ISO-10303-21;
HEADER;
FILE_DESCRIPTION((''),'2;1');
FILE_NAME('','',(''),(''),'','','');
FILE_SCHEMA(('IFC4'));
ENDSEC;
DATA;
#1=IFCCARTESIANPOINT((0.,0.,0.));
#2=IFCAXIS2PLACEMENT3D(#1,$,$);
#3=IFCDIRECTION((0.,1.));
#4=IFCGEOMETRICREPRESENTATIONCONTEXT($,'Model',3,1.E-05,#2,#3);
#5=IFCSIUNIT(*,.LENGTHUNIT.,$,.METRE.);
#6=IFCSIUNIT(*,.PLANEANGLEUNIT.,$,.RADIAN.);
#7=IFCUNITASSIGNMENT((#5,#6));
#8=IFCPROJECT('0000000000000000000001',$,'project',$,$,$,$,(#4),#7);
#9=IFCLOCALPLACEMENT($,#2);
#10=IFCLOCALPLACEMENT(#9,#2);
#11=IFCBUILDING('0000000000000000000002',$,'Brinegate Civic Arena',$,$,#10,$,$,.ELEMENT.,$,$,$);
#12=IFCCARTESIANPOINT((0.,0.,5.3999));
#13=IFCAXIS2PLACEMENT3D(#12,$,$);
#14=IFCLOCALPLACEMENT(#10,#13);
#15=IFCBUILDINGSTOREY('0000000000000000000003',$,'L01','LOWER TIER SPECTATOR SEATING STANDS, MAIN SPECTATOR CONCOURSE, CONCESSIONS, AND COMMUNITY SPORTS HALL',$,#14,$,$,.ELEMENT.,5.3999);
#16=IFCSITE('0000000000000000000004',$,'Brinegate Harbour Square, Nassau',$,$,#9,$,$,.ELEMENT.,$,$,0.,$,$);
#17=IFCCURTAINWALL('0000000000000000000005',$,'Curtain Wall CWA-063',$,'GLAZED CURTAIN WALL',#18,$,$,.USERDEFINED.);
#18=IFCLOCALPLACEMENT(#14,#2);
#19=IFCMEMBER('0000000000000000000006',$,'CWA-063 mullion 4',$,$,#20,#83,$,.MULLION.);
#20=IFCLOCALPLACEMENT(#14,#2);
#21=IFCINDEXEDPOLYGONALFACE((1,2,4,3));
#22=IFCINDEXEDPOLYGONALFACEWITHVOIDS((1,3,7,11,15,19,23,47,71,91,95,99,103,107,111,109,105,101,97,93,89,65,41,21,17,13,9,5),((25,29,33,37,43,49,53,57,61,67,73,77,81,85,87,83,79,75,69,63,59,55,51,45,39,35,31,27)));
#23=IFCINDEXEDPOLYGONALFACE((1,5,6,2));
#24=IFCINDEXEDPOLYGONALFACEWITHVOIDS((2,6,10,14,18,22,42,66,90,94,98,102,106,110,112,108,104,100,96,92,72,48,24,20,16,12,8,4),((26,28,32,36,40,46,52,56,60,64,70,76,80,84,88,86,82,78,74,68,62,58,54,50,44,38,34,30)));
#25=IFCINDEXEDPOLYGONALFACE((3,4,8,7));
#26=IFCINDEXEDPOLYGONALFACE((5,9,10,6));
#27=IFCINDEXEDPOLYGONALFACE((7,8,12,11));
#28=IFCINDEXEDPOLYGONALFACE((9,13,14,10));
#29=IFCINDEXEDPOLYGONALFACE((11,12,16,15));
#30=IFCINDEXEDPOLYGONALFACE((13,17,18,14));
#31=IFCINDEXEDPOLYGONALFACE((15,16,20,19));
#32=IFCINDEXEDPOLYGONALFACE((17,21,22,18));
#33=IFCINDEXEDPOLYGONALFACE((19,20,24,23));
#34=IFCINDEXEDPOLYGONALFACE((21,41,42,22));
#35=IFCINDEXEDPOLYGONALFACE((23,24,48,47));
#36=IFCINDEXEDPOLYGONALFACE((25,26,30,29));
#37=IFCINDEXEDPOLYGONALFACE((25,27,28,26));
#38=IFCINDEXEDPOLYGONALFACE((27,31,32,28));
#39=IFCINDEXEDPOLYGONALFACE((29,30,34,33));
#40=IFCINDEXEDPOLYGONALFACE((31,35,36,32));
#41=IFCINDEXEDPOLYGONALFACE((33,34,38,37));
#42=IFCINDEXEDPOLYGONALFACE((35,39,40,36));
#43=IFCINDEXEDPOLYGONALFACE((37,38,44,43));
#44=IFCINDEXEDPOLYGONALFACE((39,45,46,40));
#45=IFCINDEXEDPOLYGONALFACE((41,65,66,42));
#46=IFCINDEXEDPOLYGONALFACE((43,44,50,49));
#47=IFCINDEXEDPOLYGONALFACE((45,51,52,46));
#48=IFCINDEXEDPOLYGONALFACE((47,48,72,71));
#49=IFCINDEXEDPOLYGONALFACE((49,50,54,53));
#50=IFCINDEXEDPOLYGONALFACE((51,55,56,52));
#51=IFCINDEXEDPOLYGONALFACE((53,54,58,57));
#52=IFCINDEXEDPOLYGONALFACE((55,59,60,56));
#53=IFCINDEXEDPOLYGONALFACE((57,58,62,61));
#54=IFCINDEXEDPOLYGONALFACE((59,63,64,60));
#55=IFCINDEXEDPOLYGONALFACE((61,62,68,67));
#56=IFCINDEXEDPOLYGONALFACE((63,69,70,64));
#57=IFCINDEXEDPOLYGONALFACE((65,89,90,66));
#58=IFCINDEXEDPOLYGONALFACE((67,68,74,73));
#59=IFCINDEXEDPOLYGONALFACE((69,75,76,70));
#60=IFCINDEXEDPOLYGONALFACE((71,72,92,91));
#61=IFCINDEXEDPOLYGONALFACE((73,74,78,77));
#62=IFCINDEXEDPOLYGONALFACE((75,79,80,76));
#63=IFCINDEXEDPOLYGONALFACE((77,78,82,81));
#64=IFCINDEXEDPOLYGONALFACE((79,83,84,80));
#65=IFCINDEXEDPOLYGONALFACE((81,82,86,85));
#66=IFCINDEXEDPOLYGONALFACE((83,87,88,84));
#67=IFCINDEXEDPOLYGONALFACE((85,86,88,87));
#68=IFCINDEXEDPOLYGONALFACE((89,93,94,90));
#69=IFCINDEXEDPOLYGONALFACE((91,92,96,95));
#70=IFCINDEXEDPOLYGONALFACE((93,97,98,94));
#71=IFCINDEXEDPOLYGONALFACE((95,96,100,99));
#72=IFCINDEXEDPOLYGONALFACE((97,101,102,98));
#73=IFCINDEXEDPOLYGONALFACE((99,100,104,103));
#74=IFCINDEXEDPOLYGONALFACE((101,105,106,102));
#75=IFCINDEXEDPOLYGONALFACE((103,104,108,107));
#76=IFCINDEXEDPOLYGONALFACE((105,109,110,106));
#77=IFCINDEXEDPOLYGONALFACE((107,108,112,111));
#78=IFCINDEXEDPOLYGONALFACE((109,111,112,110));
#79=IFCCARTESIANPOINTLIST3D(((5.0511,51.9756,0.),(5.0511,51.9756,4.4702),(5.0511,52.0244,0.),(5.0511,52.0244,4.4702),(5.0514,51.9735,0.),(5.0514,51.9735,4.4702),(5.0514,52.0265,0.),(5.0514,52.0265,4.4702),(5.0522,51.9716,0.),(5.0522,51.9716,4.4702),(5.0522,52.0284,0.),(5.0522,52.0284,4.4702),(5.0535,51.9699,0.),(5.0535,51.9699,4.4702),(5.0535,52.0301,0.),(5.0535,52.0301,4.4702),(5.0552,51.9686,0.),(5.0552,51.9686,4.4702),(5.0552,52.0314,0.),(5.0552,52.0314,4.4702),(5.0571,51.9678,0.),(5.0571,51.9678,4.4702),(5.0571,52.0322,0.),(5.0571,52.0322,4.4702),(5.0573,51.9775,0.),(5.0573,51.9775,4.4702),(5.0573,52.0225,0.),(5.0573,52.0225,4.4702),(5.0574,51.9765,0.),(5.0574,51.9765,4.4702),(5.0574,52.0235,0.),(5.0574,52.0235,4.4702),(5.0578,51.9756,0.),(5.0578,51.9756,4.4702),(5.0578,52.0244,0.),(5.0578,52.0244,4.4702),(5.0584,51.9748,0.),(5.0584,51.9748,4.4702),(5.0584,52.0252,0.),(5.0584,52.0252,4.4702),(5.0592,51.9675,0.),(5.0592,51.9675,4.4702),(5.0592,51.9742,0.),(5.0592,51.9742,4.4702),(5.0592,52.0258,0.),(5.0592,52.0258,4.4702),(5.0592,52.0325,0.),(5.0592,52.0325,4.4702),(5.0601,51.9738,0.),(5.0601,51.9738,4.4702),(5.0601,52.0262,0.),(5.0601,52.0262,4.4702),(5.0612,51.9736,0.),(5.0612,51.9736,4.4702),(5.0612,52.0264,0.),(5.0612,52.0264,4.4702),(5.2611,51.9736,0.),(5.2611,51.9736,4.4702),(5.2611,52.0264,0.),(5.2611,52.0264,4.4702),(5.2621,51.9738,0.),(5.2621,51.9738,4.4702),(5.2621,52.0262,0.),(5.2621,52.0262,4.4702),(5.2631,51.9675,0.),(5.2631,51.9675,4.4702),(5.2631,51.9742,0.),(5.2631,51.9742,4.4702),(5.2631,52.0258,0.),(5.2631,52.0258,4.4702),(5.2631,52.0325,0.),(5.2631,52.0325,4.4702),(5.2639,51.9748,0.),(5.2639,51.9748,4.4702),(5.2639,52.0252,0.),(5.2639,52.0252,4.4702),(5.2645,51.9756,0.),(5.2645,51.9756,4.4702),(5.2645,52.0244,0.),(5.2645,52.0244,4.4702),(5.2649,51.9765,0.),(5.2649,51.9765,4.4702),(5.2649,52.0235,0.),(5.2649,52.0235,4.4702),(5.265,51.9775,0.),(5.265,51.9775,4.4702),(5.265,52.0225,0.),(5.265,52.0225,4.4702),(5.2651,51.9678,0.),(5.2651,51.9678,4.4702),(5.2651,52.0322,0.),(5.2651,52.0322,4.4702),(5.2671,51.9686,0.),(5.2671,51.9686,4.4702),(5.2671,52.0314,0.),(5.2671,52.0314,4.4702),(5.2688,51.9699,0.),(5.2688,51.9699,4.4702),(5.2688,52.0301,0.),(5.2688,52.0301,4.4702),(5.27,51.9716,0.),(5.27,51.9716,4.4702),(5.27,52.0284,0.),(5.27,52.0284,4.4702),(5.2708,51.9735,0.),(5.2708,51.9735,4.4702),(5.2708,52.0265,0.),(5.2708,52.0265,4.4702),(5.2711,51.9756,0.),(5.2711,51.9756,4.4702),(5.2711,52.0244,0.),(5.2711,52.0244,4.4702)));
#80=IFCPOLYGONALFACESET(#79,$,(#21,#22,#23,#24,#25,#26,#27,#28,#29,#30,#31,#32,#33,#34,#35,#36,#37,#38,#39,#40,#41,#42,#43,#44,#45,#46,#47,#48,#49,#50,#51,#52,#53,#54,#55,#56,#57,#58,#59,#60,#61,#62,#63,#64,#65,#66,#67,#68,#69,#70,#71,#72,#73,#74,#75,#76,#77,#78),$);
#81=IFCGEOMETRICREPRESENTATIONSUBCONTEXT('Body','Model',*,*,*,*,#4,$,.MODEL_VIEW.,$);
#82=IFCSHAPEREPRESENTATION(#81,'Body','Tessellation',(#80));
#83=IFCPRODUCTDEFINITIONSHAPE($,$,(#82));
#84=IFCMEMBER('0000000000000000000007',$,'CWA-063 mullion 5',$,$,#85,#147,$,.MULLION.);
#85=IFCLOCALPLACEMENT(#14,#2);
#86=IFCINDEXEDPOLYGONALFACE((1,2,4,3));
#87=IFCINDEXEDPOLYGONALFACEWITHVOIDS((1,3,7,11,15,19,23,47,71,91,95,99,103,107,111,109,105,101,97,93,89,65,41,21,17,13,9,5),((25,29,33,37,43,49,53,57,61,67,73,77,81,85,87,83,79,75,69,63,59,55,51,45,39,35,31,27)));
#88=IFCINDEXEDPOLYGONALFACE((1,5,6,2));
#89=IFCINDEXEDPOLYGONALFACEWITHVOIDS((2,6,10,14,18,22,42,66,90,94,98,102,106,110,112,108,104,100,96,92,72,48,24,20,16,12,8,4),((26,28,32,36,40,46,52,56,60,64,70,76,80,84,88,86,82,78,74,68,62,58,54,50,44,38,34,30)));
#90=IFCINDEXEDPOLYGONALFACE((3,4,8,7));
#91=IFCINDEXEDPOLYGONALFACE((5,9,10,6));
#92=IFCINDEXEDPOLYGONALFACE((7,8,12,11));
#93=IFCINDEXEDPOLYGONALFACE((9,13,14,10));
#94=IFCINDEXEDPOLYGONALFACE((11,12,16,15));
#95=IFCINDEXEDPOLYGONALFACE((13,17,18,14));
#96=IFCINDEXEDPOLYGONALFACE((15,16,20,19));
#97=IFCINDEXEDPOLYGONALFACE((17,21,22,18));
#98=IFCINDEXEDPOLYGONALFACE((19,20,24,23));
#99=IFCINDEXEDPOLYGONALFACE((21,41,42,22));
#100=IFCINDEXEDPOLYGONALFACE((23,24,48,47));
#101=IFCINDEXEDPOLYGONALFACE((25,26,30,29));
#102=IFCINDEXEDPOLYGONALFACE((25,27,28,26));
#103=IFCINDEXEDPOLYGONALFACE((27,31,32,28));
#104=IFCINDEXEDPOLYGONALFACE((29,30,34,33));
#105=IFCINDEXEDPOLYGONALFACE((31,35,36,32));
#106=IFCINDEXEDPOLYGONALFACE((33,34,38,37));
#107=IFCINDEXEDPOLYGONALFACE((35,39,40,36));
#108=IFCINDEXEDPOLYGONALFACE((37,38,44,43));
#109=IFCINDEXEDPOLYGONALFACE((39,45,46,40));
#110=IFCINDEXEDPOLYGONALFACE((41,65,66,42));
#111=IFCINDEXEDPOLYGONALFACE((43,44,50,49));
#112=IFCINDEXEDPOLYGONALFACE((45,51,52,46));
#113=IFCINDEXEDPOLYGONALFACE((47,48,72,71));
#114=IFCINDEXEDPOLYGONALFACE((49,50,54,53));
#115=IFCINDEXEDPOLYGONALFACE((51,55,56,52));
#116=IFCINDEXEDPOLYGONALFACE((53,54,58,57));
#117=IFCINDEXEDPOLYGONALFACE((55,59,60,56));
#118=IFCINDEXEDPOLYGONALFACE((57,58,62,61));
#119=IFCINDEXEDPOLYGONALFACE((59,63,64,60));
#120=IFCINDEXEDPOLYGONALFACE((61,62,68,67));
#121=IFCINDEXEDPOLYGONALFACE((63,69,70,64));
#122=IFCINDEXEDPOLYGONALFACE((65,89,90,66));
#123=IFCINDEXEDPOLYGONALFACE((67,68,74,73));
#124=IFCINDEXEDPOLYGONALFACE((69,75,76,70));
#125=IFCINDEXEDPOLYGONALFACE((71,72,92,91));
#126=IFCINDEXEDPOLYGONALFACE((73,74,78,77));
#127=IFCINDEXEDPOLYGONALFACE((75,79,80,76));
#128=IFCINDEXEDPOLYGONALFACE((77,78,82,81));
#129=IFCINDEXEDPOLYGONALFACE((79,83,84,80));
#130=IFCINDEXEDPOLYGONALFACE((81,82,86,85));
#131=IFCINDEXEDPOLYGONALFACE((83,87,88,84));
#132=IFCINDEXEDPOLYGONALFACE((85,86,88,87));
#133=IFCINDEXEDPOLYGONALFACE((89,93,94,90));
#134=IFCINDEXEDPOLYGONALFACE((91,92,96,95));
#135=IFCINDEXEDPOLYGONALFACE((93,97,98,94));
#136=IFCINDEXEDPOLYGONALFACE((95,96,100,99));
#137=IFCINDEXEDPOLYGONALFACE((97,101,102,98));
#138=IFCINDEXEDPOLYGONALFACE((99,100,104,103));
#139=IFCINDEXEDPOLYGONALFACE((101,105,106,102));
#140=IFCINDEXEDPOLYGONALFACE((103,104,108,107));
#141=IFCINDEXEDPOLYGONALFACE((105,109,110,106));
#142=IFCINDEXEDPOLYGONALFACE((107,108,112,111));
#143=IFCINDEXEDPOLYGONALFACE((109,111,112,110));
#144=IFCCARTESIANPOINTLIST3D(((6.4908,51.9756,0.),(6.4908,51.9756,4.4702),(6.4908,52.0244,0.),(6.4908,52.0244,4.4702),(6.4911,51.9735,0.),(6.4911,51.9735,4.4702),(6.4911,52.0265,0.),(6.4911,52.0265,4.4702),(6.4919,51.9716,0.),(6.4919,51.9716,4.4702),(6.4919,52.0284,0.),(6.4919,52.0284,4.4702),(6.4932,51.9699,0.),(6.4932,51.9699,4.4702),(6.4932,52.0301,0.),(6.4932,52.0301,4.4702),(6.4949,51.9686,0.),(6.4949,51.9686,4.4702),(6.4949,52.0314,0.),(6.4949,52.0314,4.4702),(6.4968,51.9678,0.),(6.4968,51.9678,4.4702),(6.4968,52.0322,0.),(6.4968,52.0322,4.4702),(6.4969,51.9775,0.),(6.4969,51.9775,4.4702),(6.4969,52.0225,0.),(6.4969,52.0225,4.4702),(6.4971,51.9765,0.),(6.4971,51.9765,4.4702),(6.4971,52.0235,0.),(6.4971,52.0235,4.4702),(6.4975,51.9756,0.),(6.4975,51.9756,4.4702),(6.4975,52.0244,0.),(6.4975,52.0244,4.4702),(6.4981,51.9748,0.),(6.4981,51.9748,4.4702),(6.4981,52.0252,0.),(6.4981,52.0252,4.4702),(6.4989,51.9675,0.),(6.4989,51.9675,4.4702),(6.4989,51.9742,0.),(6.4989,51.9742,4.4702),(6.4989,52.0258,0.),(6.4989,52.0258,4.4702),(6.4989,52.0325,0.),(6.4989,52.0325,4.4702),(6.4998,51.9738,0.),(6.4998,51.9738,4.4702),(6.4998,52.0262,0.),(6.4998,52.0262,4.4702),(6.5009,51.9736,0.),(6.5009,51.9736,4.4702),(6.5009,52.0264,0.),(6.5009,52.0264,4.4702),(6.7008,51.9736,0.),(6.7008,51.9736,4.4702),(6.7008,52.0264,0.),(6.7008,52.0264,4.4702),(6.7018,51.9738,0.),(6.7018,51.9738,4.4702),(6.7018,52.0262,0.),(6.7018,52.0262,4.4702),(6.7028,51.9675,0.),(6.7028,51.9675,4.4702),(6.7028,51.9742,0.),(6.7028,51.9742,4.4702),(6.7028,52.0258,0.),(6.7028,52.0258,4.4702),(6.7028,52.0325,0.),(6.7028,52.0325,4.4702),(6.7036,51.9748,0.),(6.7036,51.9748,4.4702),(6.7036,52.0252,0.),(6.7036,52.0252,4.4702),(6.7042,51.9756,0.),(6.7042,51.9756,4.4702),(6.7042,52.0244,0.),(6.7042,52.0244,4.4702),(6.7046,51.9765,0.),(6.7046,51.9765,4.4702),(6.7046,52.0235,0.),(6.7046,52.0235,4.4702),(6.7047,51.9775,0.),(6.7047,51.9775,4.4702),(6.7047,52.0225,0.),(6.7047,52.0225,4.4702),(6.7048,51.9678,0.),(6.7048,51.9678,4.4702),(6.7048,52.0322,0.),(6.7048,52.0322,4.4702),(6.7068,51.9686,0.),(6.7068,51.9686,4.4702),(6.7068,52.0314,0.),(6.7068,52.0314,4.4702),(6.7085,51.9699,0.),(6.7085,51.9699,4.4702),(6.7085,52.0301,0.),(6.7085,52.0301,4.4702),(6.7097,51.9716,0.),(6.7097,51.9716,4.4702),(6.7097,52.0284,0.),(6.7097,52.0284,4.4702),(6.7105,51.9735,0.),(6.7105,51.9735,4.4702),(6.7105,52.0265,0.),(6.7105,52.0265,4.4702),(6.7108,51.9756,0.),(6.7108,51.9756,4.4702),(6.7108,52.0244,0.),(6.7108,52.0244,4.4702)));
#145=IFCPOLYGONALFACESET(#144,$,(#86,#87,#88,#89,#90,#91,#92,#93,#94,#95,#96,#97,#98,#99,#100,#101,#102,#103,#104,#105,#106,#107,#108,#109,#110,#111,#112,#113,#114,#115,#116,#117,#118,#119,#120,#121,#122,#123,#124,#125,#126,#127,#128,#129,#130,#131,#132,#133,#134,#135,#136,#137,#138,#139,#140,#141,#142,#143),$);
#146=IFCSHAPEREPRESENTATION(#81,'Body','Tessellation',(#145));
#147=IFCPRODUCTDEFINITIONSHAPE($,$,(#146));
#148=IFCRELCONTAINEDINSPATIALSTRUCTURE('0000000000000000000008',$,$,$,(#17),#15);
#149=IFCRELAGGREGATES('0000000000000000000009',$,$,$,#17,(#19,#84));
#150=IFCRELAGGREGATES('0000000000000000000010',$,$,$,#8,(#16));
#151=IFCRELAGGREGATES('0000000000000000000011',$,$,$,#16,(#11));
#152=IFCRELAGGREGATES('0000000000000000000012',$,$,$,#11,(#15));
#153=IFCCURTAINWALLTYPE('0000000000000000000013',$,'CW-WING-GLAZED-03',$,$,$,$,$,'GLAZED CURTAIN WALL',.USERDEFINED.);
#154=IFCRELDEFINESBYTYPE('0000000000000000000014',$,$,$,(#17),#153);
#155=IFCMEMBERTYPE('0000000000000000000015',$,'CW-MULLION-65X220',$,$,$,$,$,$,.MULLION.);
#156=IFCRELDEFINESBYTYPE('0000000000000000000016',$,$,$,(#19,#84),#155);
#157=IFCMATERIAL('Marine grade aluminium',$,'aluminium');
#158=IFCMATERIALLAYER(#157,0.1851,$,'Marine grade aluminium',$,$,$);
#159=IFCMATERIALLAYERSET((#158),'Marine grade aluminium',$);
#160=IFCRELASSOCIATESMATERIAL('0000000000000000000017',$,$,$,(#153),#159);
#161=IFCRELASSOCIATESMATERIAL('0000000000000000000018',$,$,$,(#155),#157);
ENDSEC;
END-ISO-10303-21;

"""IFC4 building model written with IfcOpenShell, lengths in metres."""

from ifc_helpers import new_model, si_unit, direction, frame, origin, origin_2d, place, context, subcontext, project, spatial, hollow_rectangle, extrude, material, layer, layer_set, material_profile, profile_set, type_object, element, aggregate, save


model = new_model("IFC4")

# Units and contexts
model_context = context("Model", 3, precision=1e-05, world=origin(), true_north=direction((0.0, 1.0)))
body_context = subcontext(model_context, "Body", "Model", "MODEL_VIEW")
ifc_project = project(units=[si_unit("LENGTHUNIT", "METRE"), si_unit("PLANEANGLEUNIT", "RADIAN")], contexts=[model_context])

# Site, building, storey
site_placement = place(None, origin())
site = spatial("IfcSite", under=ifc_project, at=site_placement, Name="Brinegate Harbour Square, Nassau", CompositionType="ELEMENT", RefElevation=0.0)
building_placement = place(site_placement, origin())
building = spatial("IfcBuilding", under=site, at=building_placement, Name="Brinegate Civic Arena", CompositionType="ELEMENT")
storey_placement = place(building_placement, frame((0.0, 0.0, 5.3999)))
storey = spatial("IfcBuildingStorey", under=building, at=storey_placement, Name="L01", Description="LOWER TIER SPECTATOR SEATING STANDS, MAIN SPECTATOR CONCOURSE, CONCESSIONS, AND COMMUNITY SPORTS HALL", CompositionType="ELEMENT", Elevation=5.3999)

# Curtain wall, members
ifc_material_1 = material(Name="Marine grade aluminium", Category="aluminium")
ifc_layer_1 = layer(ifc_material_1, 0.1851, Name="Marine grade aluminium")
ifc_layer_set_1 = layer_set([ifc_layer_1], Name="Marine grade aluminium")
curtain_wall_type = type_object("IfcCurtainWallType", Name="CW-WING-GLAZED-03", ElementType="GLAZED CURTAIN WALL", PredefinedType="USERDEFINED", material=ifc_layer_set_1)
curtain_wall_placement = place(storey_placement, origin())
curtain_wall = element("IfcCurtainWall", 1, at=curtain_wall_placement, inside=storey, type_object=curtain_wall_type, Name="Curtain Wall CWA-063", ObjectType="GLAZED CURTAIN WALL", PredefinedType="USERDEFINED")
ifc_material_profile_1 = material_profile(ifc_material_1, hollow_rectangle(XDim=0.0649, YDim=0.22, WallThickness=0.0061, InnerFilletRadius=0.0039, OuterFilletRadius=0.0081, at=origin_2d()), Name="MUL65X220")
ifc_profile_set_1 = profile_set([ifc_material_profile_1], Name="Marine grade aluminium")
member_type_1 = type_object("IfcMemberType", Name="CW-MULLION-65X220", PredefinedType="MULLION", material=ifc_profile_set_1)
member_1_placement = place(storey_placement, frame((5.1611, 52.0, 0.0), z_axis=(0.0, 0.0, 1.0), x_axis=(0.0, 1.0, 0.0)))
member_1 = element("IfcMember", 2, at=member_1_placement, type_object=member_type_1, Name="CWA-063 mullion 4", PredefinedType="MULLION", context=body_context, shape_type="SweptSolid", body=[
    extrude(hollow_rectangle(XDim=0.0649, YDim=0.22, WallThickness=0.0061, InnerFilletRadius=0.0039, OuterFilletRadius=0.0081, at=origin_2d()), origin(), (0.0, 0.0, 1.0), 4.4702),
])
member_2_placement = place(storey_placement, frame((6.6008, 52.0, 0.0), z_axis=(0.0, 0.0, 1.0), x_axis=(0.0, 1.0, 0.0)))
member_2 = element("IfcMember", 3, at=member_2_placement, type_object=member_type_1, Name="CWA-063 mullion 5", PredefinedType="MULLION", context=body_context, shape_type="SweptSolid", body=[
    extrude(hollow_rectangle(XDim=0.0649, YDim=0.22, WallThickness=0.0061, InnerFilletRadius=0.0039, OuterFilletRadius=0.0081, at=origin_2d()), origin(), (0.0, 0.0, 1.0), 4.4702),
])
aggregate(curtain_wall, [member_1, member_2])

save(model, "model.ifc")
